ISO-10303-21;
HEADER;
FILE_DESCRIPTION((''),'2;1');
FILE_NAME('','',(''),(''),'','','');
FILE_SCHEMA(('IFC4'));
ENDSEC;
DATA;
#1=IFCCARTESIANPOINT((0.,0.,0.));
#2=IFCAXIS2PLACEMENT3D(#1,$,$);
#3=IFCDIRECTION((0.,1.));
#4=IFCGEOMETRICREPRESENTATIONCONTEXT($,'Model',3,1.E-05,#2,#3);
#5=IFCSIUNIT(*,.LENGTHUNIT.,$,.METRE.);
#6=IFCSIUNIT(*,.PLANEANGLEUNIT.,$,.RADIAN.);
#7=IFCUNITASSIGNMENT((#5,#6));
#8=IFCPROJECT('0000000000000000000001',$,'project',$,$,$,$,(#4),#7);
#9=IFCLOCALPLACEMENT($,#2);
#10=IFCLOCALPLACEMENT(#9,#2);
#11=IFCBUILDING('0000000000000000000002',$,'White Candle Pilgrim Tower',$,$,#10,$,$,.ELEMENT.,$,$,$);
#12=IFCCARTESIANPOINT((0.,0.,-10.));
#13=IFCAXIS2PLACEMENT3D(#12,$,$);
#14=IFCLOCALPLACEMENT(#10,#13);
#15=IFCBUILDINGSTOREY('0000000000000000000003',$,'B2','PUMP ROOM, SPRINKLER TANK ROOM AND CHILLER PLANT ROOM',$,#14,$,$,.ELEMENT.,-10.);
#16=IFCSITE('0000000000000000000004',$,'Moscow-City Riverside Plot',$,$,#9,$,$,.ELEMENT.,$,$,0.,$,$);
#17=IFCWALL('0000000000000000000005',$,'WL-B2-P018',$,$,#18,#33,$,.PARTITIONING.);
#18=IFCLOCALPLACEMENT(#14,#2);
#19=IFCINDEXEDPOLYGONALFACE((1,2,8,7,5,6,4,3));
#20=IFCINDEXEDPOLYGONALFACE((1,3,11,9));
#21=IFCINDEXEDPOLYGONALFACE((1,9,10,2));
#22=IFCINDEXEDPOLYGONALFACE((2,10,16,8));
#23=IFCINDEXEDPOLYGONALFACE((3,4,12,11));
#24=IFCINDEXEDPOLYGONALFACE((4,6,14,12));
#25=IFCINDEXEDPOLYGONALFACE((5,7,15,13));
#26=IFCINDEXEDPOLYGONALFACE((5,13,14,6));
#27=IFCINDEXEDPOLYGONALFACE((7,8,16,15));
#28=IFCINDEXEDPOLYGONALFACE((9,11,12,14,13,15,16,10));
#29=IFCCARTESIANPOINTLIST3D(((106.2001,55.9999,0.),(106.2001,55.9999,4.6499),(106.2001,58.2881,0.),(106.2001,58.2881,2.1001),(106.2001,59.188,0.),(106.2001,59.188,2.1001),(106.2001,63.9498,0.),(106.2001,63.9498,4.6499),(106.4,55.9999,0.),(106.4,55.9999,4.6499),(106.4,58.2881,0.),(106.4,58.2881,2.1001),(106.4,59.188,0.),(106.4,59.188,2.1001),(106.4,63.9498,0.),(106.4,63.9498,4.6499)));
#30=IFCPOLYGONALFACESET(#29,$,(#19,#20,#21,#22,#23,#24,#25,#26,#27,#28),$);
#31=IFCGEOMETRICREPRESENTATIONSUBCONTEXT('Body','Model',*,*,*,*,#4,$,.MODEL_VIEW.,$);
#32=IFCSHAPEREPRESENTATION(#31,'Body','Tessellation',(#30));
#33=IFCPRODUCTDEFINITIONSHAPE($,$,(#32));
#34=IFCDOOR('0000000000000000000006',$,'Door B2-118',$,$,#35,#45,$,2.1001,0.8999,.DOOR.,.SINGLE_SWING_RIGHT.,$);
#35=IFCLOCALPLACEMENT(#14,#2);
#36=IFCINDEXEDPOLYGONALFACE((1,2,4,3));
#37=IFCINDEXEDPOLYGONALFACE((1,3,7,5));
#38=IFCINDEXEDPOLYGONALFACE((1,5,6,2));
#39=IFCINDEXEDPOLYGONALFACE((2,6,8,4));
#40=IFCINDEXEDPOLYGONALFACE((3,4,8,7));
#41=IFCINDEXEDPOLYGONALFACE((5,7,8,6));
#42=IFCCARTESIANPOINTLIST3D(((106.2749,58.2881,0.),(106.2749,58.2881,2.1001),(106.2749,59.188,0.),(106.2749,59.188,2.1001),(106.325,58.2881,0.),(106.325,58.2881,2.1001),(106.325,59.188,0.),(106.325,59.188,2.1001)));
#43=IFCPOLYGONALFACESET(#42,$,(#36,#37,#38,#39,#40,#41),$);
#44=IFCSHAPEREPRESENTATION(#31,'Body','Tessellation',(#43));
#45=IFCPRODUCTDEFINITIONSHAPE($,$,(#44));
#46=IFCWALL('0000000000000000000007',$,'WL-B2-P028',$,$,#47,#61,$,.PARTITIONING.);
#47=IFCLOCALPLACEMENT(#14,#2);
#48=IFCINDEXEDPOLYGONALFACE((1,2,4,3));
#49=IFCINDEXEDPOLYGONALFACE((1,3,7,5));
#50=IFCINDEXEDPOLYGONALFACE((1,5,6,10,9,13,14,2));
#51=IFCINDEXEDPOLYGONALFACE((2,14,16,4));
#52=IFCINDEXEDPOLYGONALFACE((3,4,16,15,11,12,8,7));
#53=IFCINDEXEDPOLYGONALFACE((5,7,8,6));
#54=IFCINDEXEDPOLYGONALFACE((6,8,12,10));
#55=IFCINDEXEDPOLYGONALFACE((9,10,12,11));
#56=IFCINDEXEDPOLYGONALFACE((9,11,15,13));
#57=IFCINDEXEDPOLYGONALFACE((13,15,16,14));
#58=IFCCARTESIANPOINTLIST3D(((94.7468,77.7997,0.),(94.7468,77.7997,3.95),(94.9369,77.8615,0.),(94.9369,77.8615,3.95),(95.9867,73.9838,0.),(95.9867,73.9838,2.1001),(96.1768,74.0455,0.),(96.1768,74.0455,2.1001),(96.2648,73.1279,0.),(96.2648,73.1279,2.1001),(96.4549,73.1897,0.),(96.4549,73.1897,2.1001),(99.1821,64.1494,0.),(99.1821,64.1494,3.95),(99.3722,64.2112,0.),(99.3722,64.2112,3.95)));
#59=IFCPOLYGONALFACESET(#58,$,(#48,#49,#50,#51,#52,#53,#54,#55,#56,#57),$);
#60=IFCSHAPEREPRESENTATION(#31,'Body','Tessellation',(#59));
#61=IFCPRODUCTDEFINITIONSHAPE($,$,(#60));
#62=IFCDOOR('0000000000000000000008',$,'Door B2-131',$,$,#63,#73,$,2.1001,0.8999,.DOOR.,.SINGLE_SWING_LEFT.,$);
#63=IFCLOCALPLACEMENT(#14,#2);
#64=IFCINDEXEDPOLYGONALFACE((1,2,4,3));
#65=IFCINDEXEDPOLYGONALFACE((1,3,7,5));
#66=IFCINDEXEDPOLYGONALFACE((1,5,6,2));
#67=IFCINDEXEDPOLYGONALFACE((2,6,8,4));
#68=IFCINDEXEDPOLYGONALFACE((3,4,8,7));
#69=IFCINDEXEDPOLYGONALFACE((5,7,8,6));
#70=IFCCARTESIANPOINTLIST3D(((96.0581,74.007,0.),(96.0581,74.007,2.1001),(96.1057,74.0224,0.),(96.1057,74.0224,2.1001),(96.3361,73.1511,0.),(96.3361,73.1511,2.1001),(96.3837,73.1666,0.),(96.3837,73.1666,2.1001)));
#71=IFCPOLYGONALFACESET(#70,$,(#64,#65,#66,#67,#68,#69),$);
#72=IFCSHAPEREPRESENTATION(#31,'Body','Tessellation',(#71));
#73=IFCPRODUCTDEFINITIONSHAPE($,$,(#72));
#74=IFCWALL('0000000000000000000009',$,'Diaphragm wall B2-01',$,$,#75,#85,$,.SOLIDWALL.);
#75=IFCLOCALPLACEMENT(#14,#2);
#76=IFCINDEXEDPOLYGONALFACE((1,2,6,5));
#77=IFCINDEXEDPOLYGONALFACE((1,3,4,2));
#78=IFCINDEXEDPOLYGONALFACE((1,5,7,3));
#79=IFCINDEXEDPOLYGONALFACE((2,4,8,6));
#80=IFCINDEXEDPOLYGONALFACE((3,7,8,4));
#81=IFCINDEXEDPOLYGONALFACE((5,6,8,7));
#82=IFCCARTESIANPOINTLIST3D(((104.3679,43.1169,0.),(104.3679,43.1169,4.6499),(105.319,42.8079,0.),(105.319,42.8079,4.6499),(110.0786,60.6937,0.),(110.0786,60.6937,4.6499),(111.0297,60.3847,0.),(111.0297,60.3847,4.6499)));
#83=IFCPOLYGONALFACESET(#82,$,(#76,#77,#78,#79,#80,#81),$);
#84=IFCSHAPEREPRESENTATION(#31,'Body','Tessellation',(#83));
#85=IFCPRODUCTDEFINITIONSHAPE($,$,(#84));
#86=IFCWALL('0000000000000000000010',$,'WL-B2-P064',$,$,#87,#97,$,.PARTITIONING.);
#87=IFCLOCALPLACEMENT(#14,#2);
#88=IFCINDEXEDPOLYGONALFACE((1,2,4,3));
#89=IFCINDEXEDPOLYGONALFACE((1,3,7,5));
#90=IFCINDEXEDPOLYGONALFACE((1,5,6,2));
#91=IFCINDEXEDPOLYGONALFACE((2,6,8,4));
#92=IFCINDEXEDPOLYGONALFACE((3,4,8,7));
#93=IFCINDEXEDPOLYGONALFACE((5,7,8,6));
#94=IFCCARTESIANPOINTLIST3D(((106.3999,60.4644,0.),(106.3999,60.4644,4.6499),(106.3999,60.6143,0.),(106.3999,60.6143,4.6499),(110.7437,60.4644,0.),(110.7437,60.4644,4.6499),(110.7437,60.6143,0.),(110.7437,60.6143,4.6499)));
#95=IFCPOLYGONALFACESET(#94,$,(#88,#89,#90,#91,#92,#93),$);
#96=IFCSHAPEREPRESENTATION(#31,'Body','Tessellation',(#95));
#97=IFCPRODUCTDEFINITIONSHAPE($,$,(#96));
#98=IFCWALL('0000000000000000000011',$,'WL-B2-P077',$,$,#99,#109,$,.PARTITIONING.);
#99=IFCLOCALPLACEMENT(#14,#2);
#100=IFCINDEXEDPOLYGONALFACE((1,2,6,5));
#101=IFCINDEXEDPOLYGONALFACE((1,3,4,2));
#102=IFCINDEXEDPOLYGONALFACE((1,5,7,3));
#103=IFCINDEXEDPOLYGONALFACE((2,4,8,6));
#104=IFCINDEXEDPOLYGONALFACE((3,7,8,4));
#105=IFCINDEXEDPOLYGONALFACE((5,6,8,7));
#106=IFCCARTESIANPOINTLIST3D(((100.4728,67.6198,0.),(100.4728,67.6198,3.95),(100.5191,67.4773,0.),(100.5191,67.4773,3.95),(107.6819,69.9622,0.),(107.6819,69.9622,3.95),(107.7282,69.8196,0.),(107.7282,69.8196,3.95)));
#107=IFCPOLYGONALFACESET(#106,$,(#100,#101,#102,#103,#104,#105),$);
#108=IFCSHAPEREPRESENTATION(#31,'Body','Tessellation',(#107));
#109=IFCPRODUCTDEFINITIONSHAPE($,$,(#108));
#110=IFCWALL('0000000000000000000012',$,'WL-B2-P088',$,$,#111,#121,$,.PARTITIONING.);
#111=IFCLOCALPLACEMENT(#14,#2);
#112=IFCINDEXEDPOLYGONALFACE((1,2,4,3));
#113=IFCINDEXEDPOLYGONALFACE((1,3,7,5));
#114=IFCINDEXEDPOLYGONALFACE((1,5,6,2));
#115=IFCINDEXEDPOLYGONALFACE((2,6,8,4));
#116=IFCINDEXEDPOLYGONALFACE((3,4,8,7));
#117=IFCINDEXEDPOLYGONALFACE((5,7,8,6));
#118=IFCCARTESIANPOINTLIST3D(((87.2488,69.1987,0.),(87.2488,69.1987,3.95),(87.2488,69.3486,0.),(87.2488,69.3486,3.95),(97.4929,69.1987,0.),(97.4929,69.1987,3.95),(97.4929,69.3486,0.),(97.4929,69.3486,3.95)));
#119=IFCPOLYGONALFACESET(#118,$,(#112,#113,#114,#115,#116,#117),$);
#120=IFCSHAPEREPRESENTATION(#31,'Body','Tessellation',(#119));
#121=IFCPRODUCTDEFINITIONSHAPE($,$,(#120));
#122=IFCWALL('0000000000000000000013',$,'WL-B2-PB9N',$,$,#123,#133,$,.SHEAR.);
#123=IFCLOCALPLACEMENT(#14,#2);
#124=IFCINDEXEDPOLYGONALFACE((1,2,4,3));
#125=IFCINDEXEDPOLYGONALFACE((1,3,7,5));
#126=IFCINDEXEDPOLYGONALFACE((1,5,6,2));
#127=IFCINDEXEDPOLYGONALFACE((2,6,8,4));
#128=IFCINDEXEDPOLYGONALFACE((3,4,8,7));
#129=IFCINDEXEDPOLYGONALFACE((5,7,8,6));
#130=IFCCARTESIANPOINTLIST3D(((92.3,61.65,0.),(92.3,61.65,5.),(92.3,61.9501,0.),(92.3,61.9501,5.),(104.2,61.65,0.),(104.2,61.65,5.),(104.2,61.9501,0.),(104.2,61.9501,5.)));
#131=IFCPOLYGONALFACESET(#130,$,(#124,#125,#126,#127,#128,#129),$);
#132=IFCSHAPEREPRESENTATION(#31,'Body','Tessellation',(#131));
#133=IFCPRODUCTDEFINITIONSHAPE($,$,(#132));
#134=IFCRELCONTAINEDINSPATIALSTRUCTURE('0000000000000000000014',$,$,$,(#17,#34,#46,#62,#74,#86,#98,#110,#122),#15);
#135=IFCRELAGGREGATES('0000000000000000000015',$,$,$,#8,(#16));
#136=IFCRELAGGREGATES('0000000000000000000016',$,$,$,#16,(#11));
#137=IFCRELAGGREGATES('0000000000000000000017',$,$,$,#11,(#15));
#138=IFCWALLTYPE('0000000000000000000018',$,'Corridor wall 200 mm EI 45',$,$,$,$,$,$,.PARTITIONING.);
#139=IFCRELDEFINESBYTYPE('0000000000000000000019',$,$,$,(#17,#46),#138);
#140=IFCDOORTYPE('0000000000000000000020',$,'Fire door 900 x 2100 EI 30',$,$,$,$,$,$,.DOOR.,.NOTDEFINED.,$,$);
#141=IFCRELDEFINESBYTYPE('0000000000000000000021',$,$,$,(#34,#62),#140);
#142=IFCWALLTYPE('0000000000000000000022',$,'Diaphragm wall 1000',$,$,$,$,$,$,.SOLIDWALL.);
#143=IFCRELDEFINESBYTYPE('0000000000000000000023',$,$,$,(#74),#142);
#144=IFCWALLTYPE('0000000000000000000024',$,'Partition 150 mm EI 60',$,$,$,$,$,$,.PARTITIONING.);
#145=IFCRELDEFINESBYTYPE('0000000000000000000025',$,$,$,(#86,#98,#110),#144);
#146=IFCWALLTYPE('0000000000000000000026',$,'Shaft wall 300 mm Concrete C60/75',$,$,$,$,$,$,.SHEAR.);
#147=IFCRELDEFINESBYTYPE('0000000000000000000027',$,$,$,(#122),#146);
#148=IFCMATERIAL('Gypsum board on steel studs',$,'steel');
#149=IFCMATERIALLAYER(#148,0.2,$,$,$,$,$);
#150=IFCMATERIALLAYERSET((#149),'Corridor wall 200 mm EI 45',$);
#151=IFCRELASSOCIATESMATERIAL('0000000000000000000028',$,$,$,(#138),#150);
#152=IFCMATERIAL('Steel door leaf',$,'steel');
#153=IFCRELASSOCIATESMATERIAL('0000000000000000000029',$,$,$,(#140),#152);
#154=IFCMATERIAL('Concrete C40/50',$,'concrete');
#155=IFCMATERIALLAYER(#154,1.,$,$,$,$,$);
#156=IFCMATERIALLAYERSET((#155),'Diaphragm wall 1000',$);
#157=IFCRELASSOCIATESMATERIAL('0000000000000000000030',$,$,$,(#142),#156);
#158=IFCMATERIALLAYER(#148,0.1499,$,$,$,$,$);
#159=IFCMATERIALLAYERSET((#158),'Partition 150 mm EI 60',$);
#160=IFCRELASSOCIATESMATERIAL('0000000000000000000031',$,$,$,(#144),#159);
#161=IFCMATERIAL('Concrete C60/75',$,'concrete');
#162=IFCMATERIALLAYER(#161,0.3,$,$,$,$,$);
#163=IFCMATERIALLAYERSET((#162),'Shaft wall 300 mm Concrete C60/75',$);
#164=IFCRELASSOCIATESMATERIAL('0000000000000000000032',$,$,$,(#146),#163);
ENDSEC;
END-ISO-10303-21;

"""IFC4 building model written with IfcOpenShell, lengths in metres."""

from ifc_helpers import new_model, si_unit, direction, frame, frame_2d, origin, place, context, subcontext, project, spatial, rectangle, extrude, material, layer, layer_set, type_object, element, fill, save


model = new_model("IFC4")

# Units and contexts
model_context = context("Model", 3, precision=1e-05, world=origin(), true_north=direction((0.0, 1.0)))
body_context = subcontext(model_context, "Body", "Model", "MODEL_VIEW")
ifc_project = project(units=[si_unit("LENGTHUNIT", "METRE"), si_unit("PLANEANGLEUNIT", "RADIAN")], contexts=[model_context])

# Site, building, storey
site_placement = place(None, origin())
site = spatial("IfcSite", under=ifc_project, at=site_placement, Name="Moscow-City Riverside Plot", CompositionType="ELEMENT", RefElevation=0.0)
building_placement = place(site_placement, origin())
building = spatial("IfcBuilding", under=site, at=building_placement, Name="White Candle Pilgrim Tower", CompositionType="ELEMENT")
storey_placement = place(building_placement, frame((0.0, 0.0, -10.0)))
storey = spatial("IfcBuildingStorey", under=building, at=storey_placement, Name="B2", Description="PUMP ROOM, SPRINKLER TANK ROOM AND CHILLER PLANT ROOM", CompositionType="ELEMENT", Elevation=-10.0)

# Shared definitions
ifc_material_1 = material(Name="Concrete C40/50", Category="concrete")

# Walls, openings, doors
ifc_material_2 = material(Name="Gypsum board on steel studs", Category="steel")
ifc_layer_1 = layer(ifc_material_2, 0.2)
ifc_layer_set_1 = layer_set([ifc_layer_1], Name="Corridor wall 200 mm EI 45")
wall_type_1 = type_object("IfcWallType", Name="Corridor wall 200 mm EI 45", PredefinedType="PARTITIONING", material=ifc_layer_set_1)
ifc_material_3 = material(Name="Steel door leaf", Category="steel")
door_type = type_object("IfcDoorType", Name="Fire door 900 x 2100 EI 30", OperationType="NOTDEFINED", PredefinedType="DOOR", material=ifc_material_3)
wall_1_placement = place(storey_placement, frame((106.3, 63.95, 0.0), z_axis=(0.0, 0.0, 1.0), x_axis=(0.0, -1.0, 0.0)))
wall_1 = element("IfcWall", 1, at=wall_1_placement, inside=storey, type_object=wall_type_1, Name="WL-B2-P018", PredefinedType="PARTITIONING", context=body_context, shape_type="SweptSolid", body=[
    extrude(rectangle(XDim=7.95, YDim=0.2, at=frame_2d((3.9751, 0.0))), origin(), (0.0, 0.0, 1.0), 4.6499),
])
opening_1_placement = place(wall_1_placement, frame((4.762, 0.0, 0.0)))
opening_1 = element("IfcOpeningElement", 2, at=opening_1_placement, cuts=wall_1, PredefinedType="OPENING", context=body_context, shape_type="SweptSolid", body=[
    extrude(rectangle(XDim=0.8999, YDim=2.1001, at=frame_2d((0.45, 1.05))), frame((0.0, 0.1099, 0.0), z_axis=(0.0, -1.0, 0.0), x_axis=(1.0, 0.0, 0.0)), (0.0, 0.0, 1.0), 0.22),
])
door_1_placement = place(opening_1_placement, origin())
door_1 = element("IfcDoor", 3, at=door_1_placement, inside=storey, type_object=door_type, Name="Door B2-118", OperationType="SINGLE_SWING_RIGHT", OverallHeight=2.1001, OverallWidth=0.8999, PredefinedType="DOOR", context=body_context, shape_type="SweptSolid", body=[
    extrude(rectangle(XDim=0.8999, YDim=2.1001, at=frame_2d((0.45, 1.05))), frame((0.0, 0.0249, 0.0), z_axis=(0.0, -1.0, 0.0), x_axis=(1.0, 0.0, 0.0)), (0.0, 0.0, 1.0), 0.05),
])
fill(opening_1, door_1)
wall_2_placement = place(storey_placement, frame((99.2771, 64.1804, 0.0), z_axis=(0.0, 0.0, 1.0), x_axis=(-0.309018, 0.951056, 0.0)))
wall_2 = element("IfcWall", 4, at=wall_2_placement, inside=storey, type_object=wall_type_1, Name="WL-B2-P028", PredefinedType="PARTITIONING", context=body_context, shape_type="SweptSolid", body=[
    extrude(rectangle(XDim=14.3528, YDim=0.2, at=frame_2d((7.1763, 0.0))), origin(), (0.0, 0.0, 1.0), 3.95),
])
opening_2_placement = place(wall_2_placement, frame((9.4404, 0.0, 0.0)))
opening_2 = element("IfcOpeningElement", 5, at=opening_2_placement, cuts=wall_2, PredefinedType="OPENING", context=body_context, shape_type="SweptSolid", body=[
    extrude(rectangle(XDim=0.8999, YDim=2.1001, at=frame_2d((0.45, 1.05))), frame((0.0, 0.1099, 0.0), z_axis=(0.0, -1.0, 0.0), x_axis=(1.0, 0.0, 0.0)), (0.0, 0.0, 1.0), 0.22),
])
door_2_placement = place(opening_2_placement, origin())
door_2 = element("IfcDoor", 6, at=door_2_placement, inside=storey, type_object=door_type, Name="Door B2-131", OperationType="SINGLE_SWING_LEFT", OverallHeight=2.1001, OverallWidth=0.8999, PredefinedType="DOOR", context=body_context, shape_type="SweptSolid", body=[
    extrude(rectangle(XDim=0.8999, YDim=2.1001, at=frame_2d((0.45, 1.05))), frame((0.0, 0.0249, 0.0), z_axis=(0.0, -1.0, 0.0), x_axis=(1.0, 0.0, 0.0)), (0.0, 0.0, 1.0), 0.05),
])
fill(opening_2, door_2)

# Walls
ifc_layer_2 = layer(ifc_material_1, 1.0)
ifc_layer_set_2 = layer_set([ifc_layer_2], Name="Diaphragm wall 1000")
wall_type_2 = type_object("IfcWallType", Name="Diaphragm wall 1000", PredefinedType="SOLIDWALL", material=ifc_layer_set_2)
wall_3_placement = place(storey_placement, frame((110.5542, 60.5393, 0.0), z_axis=(0.0, 0.0, 1.0), x_axis=(-0.309002, -0.951061, 0.0)))
element("IfcWall", 7, at=wall_3_placement, inside=storey, type_object=wall_type_2, Name="Diaphragm wall B2-01", PredefinedType="SOLIDWALL", context=body_context, shape_type="SweptSolid", body=[
    extrude(rectangle(XDim=18.4812, YDim=1.0, at=frame_2d((9.2407, 0.0))), origin(), (0.0, 0.0, 1.0), 4.6499),
])
ifc_layer_3 = layer(ifc_material_2, 0.1499)
ifc_layer_set_3 = layer_set([ifc_layer_3], Name="Partition 150 mm EI 60")
wall_type_3 = type_object("IfcWallType", Name="Partition 150 mm EI 60", PredefinedType="PARTITIONING", material=ifc_layer_set_3)
wall_4_placement = place(storey_placement, frame((110.7437, 60.5393, 0.0), z_axis=(0.0, 0.0, 1.0), x_axis=(-1.0, 0.0, 0.0)))
element("IfcWall", 8, at=wall_4_placement, inside=storey, type_object=wall_type_3, Name="WL-B2-P064", PredefinedType="PARTITIONING", context=body_context, shape_type="SweptSolid", body=[
    extrude(rectangle(XDim=4.3438, YDim=0.1499, at=frame_2d((2.1719, 0.0))), origin(), (0.0, 0.0, 1.0), 4.6499),
])
wall_5_placement = place(storey_placement, frame((107.7051, 69.8909, 0.0), z_axis=(0.0, 0.0, 1.0), x_axis=(-0.951059, -0.30901, 0.0)))
element("IfcWall", 9, at=wall_5_placement, inside=storey, type_object=wall_type_3, Name="WL-B2-P077", PredefinedType="PARTITIONING", context=body_context, shape_type="SweptSolid", body=[
    extrude(rectangle(XDim=7.5801, YDim=0.1499, at=frame_2d((3.79, 0.0))), origin(), (0.0, 0.0, 1.0), 3.95),
])
wall_6_placement = place(storey_placement, frame((87.2488, 69.2737, 0.0), z_axis=(0.0, 0.0, 1.0), x_axis=(1.0, 0.0, 0.0)))
element("IfcWall", 10, at=wall_6_placement, inside=storey, type_object=wall_type_3, Name="WL-B2-P088", PredefinedType="PARTITIONING", context=body_context, shape_type="SweptSolid", body=[
    extrude(rectangle(XDim=10.2441, YDim=0.1499, at=frame_2d((5.1221, 0.0))), origin(), (0.0, 0.0, 1.0), 3.95),
])
ifc_material_4 = material(Name="Concrete C60/75", Category="concrete")
ifc_layer_4 = layer(ifc_material_4, 0.3)
ifc_layer_set_4 = layer_set([ifc_layer_4], Name="Shaft wall 300 mm Concrete C60/75")
wall_type_4 = type_object("IfcWallType", Name="Shaft wall 300 mm Concrete C60/75", PredefinedType="SHEAR", material=ifc_layer_set_4)
wall_7_placement = place(storey_placement, frame((92.3, 61.8, 0.0), z_axis=(0.0, 0.0, 1.0), x_axis=(1.0, 0.0, 0.0)))
element("IfcWall", 11, at=wall_7_placement, inside=storey, type_object=wall_type_4, Name="WL-B2-PB9N", PredefinedType="SHEAR", context=body_context, shape_type="SweptSolid", body=[
    extrude(rectangle(XDim=11.8999, YDim=0.3, at=frame_2d((5.95, 0.0))), origin(), (0.0, 0.0, 1.0), 5.0),
])

save(model, "model.ifc")
